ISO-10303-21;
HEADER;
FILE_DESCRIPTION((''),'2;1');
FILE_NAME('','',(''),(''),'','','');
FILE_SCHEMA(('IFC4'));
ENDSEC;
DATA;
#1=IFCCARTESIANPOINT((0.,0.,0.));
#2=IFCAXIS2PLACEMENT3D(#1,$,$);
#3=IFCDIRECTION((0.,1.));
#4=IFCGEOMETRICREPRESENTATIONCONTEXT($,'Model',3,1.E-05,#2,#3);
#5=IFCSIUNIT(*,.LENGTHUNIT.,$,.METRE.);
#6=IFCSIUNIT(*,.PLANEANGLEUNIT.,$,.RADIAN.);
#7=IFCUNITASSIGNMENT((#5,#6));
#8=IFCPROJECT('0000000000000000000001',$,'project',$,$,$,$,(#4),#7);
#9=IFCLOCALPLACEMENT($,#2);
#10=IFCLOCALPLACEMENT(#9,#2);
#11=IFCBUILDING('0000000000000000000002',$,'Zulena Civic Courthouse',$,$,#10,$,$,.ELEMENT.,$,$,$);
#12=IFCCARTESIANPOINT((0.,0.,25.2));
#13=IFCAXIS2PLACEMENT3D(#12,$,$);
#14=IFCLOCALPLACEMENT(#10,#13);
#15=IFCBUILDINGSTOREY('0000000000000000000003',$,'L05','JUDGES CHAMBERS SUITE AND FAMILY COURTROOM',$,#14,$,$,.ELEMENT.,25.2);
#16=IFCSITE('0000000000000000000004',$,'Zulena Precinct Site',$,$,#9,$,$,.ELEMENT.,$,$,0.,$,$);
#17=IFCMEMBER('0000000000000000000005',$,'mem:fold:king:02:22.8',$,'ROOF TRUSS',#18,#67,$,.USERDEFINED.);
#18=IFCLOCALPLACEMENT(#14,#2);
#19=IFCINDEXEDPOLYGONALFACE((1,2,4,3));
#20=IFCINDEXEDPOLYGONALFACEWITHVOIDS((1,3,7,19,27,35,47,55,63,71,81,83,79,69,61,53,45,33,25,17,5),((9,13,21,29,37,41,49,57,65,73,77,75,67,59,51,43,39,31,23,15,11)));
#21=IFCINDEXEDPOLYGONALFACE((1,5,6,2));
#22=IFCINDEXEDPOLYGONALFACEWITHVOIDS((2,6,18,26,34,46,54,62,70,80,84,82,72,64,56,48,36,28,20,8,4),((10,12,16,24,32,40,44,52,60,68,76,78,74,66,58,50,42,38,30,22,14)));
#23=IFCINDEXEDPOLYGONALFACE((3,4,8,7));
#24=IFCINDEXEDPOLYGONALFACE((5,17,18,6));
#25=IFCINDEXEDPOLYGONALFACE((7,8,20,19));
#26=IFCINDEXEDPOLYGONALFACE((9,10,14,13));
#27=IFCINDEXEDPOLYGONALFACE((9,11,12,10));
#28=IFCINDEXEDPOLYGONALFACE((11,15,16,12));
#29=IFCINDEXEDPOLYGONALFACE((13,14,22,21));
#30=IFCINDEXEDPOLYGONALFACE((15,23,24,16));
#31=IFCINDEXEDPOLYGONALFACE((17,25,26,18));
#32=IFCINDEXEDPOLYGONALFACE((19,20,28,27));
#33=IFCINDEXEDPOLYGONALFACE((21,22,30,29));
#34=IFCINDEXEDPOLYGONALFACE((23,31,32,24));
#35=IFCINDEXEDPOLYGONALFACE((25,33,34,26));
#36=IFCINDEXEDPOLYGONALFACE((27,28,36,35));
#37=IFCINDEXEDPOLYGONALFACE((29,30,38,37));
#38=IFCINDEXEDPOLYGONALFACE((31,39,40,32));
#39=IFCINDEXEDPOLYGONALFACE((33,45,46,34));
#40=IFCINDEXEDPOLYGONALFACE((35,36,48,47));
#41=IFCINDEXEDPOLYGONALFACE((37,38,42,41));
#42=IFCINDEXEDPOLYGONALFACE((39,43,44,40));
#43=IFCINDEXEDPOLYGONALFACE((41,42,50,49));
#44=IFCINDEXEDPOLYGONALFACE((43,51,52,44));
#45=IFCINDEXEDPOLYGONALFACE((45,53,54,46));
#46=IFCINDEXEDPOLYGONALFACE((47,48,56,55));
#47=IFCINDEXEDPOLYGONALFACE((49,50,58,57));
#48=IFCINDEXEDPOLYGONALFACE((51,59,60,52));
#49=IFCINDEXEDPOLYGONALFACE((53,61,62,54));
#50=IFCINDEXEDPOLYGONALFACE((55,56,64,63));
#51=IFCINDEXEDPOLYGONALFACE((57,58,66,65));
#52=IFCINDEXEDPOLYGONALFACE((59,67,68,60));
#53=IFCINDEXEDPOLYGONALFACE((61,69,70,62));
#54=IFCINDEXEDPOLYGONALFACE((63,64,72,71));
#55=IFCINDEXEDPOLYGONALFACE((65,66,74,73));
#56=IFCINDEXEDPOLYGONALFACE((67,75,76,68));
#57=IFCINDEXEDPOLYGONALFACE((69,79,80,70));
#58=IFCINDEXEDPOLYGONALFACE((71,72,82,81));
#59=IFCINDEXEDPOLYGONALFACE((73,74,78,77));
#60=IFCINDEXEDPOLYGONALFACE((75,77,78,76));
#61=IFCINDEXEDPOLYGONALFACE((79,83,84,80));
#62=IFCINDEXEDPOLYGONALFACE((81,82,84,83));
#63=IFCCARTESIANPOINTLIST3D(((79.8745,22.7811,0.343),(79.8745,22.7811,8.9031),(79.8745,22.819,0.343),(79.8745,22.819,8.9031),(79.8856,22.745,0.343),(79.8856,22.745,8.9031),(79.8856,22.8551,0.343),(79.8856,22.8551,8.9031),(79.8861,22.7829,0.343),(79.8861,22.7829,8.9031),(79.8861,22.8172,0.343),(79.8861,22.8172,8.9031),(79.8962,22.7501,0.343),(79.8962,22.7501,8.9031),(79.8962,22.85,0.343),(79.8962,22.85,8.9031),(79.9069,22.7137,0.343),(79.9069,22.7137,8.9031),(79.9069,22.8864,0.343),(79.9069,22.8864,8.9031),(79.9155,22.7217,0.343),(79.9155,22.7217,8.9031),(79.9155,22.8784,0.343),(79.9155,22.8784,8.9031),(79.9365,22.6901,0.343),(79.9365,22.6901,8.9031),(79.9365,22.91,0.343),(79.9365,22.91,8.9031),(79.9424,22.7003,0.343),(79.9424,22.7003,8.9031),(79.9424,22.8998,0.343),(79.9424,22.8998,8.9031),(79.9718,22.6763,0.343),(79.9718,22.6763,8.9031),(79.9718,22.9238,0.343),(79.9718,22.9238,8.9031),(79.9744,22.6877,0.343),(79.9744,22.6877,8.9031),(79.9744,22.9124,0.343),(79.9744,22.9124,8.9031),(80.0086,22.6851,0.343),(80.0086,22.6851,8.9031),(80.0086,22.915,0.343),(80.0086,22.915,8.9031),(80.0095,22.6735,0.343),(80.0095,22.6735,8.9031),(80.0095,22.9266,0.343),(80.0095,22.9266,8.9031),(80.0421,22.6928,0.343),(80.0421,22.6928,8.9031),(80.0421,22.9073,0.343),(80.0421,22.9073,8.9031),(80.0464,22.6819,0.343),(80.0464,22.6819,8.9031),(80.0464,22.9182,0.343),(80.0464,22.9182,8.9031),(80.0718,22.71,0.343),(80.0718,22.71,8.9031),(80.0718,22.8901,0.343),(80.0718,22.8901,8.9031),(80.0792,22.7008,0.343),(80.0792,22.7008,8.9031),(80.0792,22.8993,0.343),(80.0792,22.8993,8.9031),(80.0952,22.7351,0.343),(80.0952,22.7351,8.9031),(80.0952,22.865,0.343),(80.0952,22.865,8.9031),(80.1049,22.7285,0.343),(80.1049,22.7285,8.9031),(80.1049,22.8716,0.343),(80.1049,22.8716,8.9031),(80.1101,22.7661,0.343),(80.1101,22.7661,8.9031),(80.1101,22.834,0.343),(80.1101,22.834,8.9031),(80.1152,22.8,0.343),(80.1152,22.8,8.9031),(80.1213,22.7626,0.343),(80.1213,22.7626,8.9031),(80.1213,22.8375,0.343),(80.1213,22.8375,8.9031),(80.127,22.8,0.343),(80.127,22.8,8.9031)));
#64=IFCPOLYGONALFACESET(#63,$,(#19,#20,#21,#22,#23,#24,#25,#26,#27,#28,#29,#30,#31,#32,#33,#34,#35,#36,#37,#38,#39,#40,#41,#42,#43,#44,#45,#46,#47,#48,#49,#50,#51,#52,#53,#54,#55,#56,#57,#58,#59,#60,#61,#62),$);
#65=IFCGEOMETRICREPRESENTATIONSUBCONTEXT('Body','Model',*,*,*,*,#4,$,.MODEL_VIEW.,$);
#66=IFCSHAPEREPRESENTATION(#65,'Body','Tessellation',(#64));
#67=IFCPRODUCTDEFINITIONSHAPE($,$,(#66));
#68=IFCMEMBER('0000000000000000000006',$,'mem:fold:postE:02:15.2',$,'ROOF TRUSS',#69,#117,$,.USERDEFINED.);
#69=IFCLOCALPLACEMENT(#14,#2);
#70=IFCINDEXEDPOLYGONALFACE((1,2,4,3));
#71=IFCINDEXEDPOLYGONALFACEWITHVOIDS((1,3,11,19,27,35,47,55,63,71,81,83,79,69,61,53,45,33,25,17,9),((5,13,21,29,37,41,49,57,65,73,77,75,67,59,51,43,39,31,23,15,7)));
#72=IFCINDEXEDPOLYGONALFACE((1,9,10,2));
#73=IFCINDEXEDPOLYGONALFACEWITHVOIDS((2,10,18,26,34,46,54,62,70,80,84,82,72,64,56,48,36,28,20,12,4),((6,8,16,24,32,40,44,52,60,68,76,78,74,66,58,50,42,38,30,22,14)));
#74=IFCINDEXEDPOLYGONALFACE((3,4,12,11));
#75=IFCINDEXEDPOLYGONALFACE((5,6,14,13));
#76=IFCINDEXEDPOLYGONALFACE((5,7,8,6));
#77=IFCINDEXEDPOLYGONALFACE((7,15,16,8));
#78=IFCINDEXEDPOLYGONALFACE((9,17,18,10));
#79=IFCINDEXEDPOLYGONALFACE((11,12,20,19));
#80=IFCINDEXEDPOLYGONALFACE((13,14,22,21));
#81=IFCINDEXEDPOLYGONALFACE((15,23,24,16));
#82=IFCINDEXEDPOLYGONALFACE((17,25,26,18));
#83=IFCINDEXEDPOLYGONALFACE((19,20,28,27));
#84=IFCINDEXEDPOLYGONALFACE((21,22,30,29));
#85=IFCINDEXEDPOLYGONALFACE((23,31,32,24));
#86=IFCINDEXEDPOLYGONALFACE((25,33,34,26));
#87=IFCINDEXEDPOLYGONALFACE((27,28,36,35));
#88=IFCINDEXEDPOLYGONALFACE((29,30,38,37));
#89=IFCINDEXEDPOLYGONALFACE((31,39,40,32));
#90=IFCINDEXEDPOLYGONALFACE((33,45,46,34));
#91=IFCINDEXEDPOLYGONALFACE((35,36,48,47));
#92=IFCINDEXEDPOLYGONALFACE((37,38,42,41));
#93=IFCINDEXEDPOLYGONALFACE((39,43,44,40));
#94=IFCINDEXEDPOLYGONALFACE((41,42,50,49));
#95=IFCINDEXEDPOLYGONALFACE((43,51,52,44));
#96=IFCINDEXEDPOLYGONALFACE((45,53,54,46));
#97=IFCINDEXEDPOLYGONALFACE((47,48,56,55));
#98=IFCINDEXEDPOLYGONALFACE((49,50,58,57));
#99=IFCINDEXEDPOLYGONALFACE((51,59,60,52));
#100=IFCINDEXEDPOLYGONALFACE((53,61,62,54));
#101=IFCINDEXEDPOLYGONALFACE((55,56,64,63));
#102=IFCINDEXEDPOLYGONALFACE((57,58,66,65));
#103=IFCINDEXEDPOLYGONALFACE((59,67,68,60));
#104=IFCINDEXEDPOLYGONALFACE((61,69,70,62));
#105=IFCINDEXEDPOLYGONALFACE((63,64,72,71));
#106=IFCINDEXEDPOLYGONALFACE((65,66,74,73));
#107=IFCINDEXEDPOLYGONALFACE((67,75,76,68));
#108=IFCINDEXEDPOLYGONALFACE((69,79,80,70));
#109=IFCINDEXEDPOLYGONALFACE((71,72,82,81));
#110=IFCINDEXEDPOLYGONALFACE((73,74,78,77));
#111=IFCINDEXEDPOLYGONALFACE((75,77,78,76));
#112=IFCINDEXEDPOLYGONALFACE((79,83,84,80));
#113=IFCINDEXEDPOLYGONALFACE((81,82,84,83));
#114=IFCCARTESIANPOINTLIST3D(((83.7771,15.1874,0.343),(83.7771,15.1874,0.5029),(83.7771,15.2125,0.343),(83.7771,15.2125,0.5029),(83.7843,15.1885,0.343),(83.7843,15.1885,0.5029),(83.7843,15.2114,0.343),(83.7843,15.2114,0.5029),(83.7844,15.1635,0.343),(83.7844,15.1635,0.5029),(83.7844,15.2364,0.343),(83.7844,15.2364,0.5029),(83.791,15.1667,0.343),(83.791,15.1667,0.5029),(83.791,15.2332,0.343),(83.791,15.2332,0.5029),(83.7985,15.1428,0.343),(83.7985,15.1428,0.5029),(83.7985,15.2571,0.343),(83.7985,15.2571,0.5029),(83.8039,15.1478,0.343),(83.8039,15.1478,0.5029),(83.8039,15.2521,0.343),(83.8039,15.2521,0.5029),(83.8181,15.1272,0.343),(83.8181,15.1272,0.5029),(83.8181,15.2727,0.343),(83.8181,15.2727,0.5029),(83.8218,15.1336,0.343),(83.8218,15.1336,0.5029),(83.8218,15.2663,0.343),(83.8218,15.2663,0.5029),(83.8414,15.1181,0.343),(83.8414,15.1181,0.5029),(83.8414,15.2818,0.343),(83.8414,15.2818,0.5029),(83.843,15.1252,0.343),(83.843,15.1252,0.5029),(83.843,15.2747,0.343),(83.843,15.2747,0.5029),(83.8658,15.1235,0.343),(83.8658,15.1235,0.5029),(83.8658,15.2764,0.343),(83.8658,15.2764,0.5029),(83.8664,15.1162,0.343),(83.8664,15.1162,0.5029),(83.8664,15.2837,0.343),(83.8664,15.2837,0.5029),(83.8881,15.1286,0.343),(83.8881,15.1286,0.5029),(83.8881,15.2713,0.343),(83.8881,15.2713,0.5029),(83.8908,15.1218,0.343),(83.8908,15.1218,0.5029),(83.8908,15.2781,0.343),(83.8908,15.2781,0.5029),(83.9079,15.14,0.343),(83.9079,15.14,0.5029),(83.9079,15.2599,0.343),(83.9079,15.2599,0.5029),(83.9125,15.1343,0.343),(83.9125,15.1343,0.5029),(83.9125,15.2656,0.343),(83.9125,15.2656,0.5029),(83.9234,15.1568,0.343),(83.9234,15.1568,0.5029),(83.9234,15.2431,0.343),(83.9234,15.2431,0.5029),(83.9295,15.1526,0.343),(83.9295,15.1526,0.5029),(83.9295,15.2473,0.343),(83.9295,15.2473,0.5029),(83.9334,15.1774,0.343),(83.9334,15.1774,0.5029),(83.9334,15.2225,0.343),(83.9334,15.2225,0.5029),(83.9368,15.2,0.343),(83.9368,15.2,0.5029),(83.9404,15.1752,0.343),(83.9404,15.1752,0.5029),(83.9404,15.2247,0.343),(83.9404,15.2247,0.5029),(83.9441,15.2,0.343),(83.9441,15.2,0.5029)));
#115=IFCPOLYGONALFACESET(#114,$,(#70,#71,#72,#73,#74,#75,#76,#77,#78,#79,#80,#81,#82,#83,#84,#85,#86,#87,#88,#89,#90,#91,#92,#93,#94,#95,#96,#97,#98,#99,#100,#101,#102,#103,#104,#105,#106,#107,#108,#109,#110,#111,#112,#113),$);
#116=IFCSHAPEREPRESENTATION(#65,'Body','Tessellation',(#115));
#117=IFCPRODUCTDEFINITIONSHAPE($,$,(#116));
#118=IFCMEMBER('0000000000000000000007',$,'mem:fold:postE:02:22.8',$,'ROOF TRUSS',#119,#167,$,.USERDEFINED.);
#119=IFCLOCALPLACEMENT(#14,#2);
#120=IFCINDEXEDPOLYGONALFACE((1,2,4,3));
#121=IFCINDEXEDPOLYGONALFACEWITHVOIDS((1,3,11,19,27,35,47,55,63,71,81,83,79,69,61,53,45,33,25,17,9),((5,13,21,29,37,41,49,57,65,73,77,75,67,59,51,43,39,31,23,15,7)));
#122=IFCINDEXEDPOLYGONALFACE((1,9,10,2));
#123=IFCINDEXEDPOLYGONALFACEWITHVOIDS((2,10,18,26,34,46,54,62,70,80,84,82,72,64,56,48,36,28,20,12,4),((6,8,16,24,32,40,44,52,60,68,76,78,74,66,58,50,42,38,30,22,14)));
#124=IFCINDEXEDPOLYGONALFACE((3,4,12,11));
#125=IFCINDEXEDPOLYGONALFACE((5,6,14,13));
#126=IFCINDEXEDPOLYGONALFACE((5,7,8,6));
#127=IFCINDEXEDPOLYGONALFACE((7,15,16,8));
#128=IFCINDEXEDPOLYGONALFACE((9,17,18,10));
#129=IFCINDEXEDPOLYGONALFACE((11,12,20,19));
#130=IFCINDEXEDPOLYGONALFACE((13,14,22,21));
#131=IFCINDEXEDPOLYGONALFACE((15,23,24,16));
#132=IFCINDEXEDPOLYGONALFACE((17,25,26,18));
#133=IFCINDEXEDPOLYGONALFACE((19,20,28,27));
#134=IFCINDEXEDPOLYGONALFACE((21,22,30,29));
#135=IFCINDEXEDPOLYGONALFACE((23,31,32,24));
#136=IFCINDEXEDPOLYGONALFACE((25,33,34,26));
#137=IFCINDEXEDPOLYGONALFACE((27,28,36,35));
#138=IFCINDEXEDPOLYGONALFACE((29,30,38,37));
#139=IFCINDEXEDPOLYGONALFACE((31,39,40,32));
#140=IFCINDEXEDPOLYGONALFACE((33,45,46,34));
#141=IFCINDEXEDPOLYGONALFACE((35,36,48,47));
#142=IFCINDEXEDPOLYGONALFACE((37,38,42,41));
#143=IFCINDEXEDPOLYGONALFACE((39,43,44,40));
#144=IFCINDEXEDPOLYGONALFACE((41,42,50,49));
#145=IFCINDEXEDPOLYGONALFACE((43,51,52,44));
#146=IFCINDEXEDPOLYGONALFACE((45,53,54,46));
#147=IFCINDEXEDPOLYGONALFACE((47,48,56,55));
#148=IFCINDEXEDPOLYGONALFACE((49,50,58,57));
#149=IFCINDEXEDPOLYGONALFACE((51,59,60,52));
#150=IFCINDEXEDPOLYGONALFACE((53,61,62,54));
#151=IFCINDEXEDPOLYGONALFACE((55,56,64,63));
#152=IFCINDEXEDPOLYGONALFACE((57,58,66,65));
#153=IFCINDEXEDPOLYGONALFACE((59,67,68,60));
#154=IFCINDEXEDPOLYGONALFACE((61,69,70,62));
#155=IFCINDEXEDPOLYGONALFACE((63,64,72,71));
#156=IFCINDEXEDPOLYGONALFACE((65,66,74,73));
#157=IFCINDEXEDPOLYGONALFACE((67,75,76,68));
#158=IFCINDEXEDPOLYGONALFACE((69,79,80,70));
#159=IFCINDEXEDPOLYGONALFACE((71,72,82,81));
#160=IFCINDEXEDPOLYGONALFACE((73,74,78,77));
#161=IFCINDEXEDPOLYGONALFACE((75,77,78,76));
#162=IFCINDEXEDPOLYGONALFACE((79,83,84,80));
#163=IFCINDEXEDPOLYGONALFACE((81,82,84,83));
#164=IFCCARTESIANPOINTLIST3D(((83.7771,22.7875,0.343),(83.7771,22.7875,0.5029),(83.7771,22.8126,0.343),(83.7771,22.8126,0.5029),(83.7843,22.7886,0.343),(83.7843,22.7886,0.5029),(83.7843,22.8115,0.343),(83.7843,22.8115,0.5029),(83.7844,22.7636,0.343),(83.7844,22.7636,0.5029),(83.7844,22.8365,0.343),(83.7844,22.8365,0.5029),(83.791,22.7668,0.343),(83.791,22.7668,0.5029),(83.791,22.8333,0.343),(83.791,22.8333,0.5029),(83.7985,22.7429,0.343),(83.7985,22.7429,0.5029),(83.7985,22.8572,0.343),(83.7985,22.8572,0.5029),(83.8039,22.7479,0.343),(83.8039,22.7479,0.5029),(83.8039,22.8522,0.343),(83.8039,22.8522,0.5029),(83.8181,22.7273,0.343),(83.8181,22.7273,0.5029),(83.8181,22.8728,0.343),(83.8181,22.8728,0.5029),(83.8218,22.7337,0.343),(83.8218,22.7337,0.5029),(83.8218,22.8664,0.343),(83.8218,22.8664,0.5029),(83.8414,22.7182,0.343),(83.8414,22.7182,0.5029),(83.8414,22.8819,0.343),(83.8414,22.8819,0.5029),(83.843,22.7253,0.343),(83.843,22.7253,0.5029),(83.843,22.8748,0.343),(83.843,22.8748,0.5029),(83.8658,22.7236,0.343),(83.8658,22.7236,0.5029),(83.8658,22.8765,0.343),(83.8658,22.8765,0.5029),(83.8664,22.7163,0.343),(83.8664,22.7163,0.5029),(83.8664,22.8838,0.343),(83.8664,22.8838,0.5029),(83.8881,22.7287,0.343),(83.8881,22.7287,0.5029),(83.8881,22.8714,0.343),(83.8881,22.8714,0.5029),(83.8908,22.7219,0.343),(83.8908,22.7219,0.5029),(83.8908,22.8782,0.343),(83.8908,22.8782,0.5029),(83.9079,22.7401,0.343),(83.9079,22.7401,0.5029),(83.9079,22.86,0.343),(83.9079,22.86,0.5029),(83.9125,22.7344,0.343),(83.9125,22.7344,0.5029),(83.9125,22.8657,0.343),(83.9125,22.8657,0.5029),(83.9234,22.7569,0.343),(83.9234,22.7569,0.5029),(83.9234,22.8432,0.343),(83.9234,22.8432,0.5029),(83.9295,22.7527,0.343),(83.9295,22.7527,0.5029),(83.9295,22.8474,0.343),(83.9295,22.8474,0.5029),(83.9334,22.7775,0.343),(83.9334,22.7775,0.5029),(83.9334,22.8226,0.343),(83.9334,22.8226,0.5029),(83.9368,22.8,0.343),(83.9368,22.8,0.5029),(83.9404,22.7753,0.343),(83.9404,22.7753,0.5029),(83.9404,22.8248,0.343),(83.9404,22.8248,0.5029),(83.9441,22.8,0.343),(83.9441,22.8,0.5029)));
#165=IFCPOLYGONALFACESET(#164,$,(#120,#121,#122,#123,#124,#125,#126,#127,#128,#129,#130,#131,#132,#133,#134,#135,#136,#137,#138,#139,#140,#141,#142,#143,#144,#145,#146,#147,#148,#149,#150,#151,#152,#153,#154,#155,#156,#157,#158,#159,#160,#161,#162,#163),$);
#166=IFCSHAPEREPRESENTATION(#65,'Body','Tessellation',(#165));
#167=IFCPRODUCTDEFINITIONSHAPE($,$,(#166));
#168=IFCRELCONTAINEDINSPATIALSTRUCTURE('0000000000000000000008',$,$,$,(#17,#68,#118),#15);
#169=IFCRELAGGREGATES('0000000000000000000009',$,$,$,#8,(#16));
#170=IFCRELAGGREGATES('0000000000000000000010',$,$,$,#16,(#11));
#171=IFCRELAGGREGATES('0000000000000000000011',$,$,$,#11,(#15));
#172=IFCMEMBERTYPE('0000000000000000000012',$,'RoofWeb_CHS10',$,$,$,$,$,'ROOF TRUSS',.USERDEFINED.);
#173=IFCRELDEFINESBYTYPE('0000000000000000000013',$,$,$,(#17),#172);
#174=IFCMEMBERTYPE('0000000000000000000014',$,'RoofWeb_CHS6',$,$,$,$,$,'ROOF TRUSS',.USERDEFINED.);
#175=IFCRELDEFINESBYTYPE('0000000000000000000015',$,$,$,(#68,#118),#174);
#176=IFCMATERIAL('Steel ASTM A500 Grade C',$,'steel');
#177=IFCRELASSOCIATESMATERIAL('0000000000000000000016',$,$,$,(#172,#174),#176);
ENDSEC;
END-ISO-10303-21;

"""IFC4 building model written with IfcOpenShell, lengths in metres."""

from ifc_helpers import new_model, si_unit, direction, frame, origin, origin_2d, place, context, subcontext, project, spatial, hollow_circle, extrude, material, material_profile, profile_set, type_object, element, save


model = new_model("IFC4")

# Units and contexts
model_context = context("Model", 3, precision=1e-05, world=origin(), true_north=direction((0.0, 1.0)))
body_context = subcontext(model_context, "Body", "Model", "MODEL_VIEW")
ifc_project = project(units=[si_unit("LENGTHUNIT", "METRE"), si_unit("PLANEANGLEUNIT", "RADIAN")], contexts=[model_context])

# Site, building, storey
site_placement = place(None, origin())
site = spatial("IfcSite", under=ifc_project, at=site_placement, Name="Zulena Precinct Site", CompositionType="ELEMENT", RefElevation=0.0)
building_placement = place(site_placement, origin())
building = spatial("IfcBuilding", under=site, at=building_placement, Name="Zulena Civic Courthouse", CompositionType="ELEMENT")
storey_placement = place(building_placement, frame((0.0, 0.0, 25.2)))
storey = spatial("IfcBuildingStorey", under=building, at=storey_placement, Name="L05", Description="JUDGES CHAMBERS SUITE AND FAMILY COURTROOM", CompositionType="ELEMENT", Elevation=25.2)

# Members
ifc_material_1 = material(Name="Steel ASTM A500 Grade C", Category="steel")
ifc_material_profile_1 = material_profile(ifc_material_1, hollow_circle(Radius=0.127, WallThickness=0.0117, at=origin_2d()), Name="HSS10.000X0.500")
ifc_profile_set_1 = profile_set([ifc_material_profile_1], Name="Steel ASTM A500 Grade C")
member_type_1 = type_object("IfcMemberType", Name="RoofWeb_CHS10", ElementType="ROOF TRUSS", PredefinedType="USERDEFINED", material=ifc_profile_set_1)
for number, where, z_axis, x_axis, name in (
    (1, (80.0, 22.8, 0.343), (0.0, 0.0, 1.0), (1.0, 0.0, 0.0), "mem:fold:king:02:22.8"),
):
    element("IfcMember", number, at=place(storey_placement, frame(where, z_axis=z_axis, x_axis=x_axis)), inside=storey, type_object=member_type_1, Name=name, ObjectType="ROOF TRUSS", PredefinedType="USERDEFINED", context=body_context, shape_type="SweptSolid", body=[
        extrude(hollow_circle(Radius=0.127, WallThickness=0.0117, at=origin_2d()), origin(), (0.0, 0.0, 1.0), 8.5601),
    ])
ifc_material_profile_2 = material_profile(ifc_material_1, hollow_circle(Radius=0.084, WallThickness=0.0073, at=origin_2d()), Name="HSS6.625X0.312")
ifc_profile_set_2 = profile_set([ifc_material_profile_2], Name="Steel ASTM A500 Grade C")
member_type_2 = type_object("IfcMemberType", Name="RoofWeb_CHS6", ElementType="ROOF TRUSS", PredefinedType="USERDEFINED", material=ifc_profile_set_2)
for number, where, z_axis, x_axis, name in (
    (2, (83.8601, 15.2, 0.343), (0.0, 0.0, 1.0), (1.0, 0.0, 0.0), "mem:fold:postE:02:15.2"),
    (3, (83.8601, 22.8, 0.343), (0.0, 0.0, 1.0), (1.0, 0.0, 0.0), "mem:fold:postE:02:22.8"),
):
    element("IfcMember", number, at=place(storey_placement, frame(where, z_axis=z_axis, x_axis=x_axis)), inside=storey, type_object=member_type_2, Name=name, ObjectType="ROOF TRUSS", PredefinedType="USERDEFINED", context=body_context, shape_type="SweptSolid", body=[
        extrude(hollow_circle(Radius=0.084, WallThickness=0.0073, at=origin_2d()), origin(), (0.0, 0.0, 1.0), 0.1599),
    ])

save(model, "model.ifc")
